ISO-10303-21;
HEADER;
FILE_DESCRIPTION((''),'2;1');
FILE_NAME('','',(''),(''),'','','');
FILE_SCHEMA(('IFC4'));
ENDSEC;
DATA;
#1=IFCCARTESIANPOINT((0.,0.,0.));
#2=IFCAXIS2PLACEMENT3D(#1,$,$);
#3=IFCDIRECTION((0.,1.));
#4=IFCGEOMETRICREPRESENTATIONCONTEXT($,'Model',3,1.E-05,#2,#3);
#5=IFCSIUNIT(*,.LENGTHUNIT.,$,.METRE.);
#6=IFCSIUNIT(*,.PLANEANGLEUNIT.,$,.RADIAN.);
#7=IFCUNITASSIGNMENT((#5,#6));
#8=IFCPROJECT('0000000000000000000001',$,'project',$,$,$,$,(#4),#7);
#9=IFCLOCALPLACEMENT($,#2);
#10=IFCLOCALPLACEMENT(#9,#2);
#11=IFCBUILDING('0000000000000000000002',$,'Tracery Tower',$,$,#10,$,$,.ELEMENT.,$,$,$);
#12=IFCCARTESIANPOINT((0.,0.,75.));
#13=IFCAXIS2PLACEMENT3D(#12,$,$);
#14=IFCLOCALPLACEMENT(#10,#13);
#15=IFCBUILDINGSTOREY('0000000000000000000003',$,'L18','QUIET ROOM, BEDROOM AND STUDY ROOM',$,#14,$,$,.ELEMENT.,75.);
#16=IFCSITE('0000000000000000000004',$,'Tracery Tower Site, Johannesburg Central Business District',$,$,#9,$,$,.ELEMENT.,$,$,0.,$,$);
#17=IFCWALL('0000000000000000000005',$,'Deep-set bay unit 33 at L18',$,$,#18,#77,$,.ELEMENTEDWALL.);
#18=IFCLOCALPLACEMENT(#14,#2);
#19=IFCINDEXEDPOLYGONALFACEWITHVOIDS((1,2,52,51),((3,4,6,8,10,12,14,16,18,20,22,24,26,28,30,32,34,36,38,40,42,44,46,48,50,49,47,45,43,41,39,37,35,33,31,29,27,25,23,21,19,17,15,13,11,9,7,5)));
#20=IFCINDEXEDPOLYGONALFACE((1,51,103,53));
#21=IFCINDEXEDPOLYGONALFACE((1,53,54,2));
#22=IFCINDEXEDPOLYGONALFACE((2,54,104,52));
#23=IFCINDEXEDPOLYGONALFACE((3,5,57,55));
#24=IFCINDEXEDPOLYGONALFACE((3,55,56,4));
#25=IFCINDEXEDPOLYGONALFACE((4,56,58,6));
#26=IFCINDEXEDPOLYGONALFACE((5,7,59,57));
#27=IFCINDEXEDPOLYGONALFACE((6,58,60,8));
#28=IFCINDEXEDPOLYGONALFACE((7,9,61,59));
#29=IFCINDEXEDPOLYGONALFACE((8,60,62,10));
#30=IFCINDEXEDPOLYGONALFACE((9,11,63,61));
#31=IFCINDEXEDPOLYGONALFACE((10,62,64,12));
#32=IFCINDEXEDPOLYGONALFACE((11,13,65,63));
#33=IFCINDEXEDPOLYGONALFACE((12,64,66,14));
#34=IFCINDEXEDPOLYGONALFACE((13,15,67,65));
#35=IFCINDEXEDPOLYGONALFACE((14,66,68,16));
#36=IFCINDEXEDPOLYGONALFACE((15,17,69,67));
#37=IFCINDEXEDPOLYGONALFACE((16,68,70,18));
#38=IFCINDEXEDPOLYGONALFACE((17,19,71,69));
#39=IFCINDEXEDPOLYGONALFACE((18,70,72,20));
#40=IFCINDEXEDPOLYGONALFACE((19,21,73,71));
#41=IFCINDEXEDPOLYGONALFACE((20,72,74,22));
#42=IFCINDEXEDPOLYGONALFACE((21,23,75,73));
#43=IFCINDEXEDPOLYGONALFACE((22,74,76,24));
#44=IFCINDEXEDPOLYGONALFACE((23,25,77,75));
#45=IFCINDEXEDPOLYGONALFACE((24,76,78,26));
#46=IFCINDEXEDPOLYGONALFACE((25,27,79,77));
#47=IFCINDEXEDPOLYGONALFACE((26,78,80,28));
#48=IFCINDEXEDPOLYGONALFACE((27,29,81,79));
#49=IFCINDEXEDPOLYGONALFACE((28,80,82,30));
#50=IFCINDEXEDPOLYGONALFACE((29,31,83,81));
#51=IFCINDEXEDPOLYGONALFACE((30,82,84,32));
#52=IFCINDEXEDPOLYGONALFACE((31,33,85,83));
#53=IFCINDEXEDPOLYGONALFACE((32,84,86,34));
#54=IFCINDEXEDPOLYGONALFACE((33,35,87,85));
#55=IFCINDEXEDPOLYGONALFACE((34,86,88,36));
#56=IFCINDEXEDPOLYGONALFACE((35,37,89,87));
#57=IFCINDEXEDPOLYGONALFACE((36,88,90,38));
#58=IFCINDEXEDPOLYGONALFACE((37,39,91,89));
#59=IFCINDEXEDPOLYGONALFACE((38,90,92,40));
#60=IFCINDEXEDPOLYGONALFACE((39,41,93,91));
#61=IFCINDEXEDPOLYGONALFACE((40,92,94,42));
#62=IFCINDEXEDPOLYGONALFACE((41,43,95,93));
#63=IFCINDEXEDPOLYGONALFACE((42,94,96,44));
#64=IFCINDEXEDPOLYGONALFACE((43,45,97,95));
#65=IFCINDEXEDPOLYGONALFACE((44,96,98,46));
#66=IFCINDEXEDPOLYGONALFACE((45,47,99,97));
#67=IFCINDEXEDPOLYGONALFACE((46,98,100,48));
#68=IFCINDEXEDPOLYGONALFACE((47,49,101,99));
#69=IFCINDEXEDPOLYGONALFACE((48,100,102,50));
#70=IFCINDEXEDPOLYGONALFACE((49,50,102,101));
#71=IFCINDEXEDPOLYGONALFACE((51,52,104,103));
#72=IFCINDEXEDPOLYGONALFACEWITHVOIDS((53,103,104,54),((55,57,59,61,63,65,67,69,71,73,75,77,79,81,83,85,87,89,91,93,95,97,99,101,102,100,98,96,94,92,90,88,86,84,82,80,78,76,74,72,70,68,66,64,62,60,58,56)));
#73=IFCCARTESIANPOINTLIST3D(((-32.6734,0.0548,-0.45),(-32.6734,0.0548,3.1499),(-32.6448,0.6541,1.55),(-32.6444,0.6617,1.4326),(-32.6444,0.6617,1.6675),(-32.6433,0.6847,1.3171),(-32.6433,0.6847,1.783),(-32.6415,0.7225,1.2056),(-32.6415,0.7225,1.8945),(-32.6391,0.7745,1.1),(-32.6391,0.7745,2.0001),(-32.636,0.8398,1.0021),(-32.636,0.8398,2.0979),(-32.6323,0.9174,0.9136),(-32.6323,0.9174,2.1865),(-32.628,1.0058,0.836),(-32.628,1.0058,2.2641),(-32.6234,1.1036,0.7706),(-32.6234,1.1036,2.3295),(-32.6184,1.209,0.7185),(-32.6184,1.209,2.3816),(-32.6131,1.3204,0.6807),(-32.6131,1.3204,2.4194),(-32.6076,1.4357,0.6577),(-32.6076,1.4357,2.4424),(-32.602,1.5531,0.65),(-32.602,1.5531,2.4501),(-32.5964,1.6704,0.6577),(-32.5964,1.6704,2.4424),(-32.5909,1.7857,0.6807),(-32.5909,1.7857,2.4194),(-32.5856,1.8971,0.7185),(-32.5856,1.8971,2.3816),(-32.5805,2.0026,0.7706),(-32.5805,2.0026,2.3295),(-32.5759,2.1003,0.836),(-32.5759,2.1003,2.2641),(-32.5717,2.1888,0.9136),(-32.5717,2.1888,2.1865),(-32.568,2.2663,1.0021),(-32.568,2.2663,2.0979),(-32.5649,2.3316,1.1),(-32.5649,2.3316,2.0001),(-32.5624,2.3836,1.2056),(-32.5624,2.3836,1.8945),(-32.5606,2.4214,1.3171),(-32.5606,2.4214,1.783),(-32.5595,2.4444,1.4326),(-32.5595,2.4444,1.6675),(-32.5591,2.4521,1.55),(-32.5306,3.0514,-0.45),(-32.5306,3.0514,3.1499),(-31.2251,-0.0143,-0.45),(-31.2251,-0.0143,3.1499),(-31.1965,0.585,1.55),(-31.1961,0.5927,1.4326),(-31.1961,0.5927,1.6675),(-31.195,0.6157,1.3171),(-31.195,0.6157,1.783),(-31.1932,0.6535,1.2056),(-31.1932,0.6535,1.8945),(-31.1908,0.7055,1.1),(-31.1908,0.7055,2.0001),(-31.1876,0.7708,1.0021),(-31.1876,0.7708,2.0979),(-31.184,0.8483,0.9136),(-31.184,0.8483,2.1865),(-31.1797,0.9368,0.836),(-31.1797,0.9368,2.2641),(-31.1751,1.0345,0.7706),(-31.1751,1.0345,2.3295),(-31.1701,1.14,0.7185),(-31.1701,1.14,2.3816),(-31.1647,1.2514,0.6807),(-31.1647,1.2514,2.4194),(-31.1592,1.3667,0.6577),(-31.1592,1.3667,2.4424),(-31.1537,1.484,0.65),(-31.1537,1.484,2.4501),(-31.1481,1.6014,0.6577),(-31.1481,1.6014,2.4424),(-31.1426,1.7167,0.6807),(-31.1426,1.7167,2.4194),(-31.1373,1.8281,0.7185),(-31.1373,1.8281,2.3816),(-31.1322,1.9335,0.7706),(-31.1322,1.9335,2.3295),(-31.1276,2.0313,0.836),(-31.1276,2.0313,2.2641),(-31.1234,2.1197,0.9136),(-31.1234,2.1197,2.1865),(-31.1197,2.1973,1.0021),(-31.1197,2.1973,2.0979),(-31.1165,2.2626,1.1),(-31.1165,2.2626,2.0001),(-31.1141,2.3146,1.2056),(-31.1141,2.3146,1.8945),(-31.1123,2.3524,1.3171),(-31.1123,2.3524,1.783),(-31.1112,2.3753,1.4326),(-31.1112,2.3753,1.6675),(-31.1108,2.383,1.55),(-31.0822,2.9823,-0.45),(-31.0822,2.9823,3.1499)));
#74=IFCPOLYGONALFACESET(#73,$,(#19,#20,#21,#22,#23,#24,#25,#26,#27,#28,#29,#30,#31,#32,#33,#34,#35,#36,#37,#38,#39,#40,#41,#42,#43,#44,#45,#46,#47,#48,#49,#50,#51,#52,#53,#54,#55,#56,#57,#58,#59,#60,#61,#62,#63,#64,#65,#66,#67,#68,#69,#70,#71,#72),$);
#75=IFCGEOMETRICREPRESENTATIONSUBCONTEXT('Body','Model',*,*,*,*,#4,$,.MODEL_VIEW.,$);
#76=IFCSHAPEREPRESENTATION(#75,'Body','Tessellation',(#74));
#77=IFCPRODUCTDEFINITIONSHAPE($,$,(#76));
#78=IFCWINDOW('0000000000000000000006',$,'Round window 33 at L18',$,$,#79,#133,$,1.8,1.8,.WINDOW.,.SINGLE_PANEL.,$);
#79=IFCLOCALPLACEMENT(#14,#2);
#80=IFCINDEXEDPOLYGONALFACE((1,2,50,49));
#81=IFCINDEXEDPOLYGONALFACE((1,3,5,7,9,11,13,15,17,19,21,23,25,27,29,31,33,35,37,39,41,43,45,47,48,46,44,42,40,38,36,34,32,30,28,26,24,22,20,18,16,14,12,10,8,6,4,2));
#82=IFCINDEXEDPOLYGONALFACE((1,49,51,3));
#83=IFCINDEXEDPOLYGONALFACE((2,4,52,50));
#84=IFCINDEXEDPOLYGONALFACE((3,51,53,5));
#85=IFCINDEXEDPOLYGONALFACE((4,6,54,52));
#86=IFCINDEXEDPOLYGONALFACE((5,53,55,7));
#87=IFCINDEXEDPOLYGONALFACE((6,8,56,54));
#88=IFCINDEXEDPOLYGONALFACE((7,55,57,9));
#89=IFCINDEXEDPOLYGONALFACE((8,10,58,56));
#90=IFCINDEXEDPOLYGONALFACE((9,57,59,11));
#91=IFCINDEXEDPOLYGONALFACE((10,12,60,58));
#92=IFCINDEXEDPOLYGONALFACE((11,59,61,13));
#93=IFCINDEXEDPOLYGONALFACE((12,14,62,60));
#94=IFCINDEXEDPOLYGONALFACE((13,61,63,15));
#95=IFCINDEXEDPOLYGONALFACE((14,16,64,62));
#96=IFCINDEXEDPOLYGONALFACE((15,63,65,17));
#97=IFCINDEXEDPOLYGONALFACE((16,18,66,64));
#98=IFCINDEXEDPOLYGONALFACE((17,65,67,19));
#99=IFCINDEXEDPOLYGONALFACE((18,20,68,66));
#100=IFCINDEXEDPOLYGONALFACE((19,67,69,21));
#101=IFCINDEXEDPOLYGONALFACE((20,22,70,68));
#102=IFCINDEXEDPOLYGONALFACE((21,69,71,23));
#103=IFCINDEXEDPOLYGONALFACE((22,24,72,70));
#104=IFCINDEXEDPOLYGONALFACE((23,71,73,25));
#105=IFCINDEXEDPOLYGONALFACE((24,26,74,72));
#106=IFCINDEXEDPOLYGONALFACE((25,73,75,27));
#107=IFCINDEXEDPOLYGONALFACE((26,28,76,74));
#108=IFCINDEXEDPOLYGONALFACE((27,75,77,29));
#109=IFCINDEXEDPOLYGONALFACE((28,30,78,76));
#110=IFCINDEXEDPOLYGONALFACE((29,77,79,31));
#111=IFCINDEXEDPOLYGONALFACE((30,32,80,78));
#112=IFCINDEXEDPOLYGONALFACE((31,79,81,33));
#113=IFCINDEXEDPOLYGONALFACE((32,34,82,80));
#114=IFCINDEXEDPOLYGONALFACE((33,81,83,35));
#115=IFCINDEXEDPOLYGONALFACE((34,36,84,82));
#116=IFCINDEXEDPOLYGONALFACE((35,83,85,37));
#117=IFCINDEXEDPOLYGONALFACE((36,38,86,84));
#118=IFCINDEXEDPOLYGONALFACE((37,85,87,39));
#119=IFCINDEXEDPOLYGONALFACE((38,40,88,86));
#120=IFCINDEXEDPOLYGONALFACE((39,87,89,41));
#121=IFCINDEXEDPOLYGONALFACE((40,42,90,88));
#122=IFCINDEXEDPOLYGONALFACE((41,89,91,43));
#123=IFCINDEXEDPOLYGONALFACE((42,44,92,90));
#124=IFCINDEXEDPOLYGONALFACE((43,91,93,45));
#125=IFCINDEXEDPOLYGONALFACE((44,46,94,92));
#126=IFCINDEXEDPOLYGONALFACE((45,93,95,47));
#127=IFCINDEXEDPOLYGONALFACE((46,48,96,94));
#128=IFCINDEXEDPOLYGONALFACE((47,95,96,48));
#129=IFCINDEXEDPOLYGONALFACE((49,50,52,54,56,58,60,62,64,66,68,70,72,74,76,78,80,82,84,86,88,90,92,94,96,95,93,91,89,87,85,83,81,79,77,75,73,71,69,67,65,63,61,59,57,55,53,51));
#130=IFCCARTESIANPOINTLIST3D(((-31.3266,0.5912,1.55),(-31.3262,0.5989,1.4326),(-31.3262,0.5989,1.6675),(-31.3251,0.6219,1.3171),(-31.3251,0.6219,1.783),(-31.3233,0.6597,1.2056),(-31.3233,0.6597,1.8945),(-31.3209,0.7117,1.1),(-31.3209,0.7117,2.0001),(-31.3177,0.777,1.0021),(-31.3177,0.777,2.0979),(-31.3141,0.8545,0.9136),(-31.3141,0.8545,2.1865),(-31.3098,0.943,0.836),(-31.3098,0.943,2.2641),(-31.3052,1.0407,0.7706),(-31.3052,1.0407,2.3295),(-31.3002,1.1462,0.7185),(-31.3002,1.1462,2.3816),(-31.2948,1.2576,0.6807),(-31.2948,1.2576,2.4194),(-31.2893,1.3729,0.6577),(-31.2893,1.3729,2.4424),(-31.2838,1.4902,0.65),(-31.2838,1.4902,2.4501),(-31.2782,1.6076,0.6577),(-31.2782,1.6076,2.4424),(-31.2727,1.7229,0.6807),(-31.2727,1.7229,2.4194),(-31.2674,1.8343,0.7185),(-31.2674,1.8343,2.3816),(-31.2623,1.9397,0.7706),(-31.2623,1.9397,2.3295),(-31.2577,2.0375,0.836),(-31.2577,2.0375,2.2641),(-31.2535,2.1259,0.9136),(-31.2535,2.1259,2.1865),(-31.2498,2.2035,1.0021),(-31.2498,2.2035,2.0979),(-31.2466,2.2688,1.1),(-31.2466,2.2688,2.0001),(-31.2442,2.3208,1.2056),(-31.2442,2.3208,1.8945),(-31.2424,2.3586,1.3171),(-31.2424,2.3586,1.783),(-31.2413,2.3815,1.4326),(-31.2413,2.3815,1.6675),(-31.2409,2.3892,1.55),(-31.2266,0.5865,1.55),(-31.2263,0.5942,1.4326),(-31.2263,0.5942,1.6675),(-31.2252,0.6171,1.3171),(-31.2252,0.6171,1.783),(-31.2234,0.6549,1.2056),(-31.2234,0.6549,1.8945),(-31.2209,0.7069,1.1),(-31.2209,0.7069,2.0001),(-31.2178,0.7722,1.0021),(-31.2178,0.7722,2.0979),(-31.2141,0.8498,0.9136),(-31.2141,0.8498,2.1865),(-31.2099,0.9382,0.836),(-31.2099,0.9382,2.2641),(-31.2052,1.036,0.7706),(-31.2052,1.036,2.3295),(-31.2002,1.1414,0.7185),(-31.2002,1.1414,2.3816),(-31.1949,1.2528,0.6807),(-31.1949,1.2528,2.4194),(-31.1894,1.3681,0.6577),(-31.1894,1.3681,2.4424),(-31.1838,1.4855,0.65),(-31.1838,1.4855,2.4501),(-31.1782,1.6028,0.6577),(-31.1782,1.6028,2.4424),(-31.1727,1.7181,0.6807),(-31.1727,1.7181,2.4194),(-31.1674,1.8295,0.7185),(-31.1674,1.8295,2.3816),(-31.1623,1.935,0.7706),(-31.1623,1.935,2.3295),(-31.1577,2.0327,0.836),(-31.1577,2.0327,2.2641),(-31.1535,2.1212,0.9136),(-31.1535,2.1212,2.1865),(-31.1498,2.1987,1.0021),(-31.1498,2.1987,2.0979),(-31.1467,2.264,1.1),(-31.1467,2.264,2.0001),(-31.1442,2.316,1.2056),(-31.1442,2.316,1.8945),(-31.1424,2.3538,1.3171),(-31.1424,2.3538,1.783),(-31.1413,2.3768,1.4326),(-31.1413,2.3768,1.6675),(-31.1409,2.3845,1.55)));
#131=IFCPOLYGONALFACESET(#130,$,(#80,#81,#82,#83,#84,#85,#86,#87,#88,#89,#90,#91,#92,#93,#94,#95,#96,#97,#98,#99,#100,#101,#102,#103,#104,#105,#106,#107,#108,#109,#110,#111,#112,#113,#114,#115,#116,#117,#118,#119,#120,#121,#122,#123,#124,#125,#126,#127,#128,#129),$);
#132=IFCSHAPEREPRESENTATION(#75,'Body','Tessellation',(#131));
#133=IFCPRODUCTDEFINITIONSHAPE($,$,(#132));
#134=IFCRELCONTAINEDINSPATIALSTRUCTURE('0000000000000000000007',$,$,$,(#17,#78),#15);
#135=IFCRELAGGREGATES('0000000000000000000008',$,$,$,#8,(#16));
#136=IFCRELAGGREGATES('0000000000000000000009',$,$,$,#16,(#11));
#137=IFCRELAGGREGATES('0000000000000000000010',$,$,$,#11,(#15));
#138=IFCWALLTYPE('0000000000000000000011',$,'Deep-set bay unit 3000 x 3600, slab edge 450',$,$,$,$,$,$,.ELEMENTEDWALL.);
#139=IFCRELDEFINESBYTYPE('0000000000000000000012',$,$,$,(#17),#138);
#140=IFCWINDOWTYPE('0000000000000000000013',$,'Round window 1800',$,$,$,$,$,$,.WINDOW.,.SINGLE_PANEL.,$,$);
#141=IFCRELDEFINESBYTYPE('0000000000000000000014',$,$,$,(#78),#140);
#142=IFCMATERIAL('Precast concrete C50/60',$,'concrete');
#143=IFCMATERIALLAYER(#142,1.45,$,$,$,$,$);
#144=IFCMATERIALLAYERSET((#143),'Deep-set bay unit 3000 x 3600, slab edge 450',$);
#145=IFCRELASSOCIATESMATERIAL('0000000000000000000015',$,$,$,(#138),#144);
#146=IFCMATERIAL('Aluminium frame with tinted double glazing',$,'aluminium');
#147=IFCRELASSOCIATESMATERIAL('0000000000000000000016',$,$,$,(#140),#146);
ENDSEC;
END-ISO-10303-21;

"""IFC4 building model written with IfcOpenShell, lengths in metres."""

from ifc_helpers import new_model, si_unit, direction, frame, frame_2d, origin, origin_2d, place, context, subcontext, project, spatial, rectangle, circle, extrude, material, layer, layer_set, type_object, element, fill, save


model = new_model("IFC4")

# Units and contexts
model_context = context("Model", 3, precision=1e-05, world=origin(), true_north=direction((0.0, 1.0)))
body_context = subcontext(model_context, "Body", "Model", "MODEL_VIEW")
ifc_project = project(units=[si_unit("LENGTHUNIT", "METRE"), si_unit("PLANEANGLEUNIT", "RADIAN")], contexts=[model_context])

# Site, building, storey
site_placement = place(None, origin())
site = spatial("IfcSite", under=ifc_project, at=site_placement, Name="Tracery Tower Site, Johannesburg Central Business District", CompositionType="ELEMENT", RefElevation=0.0)
building_placement = place(site_placement, origin())
building = spatial("IfcBuilding", under=site, at=building_placement, Name="Tracery Tower", CompositionType="ELEMENT")
storey_placement = place(building_placement, frame((0.0, 0.0, 75.0)))
storey = spatial("IfcBuildingStorey", under=building, at=storey_placement, Name="L18", Description="QUIET ROOM, BEDROOM AND STUDY ROOM", CompositionType="ELEMENT", Elevation=75.0)

# Wall, opening, window
ifc_material_1 = material(Name="Precast concrete C50/60", Category="concrete")
ifc_layer_1 = layer(ifc_material_1, 1.45)
ifc_layer_set_1 = layer_set([ifc_layer_1], Name="Deep-set bay unit 3000 x 3600, slab edge 450")
wall_type_1 = type_object("IfcWallType", Name="Deep-set bay unit 3000 x 3600, slab edge 450", PredefinedType="ELEMENTEDWALL", material=ifc_layer_set_1)
ifc_material_2 = material(Name="Aluminium frame with tinted double glazing", Category="aluminium")
window_type = type_object("IfcWindowType", Name="Round window 1800", PartitioningType="SINGLE_PANEL", PredefinedType="WINDOW", material=ifc_material_2)
wall_1_placement = place(storey_placement, frame((-31.8064, 3.0168, -0.45), z_axis=(0.0, 0.0, 1.0), x_axis=(-0.047608, -0.998866, 0.0)))
wall_1 = element("IfcWall", 1, at=wall_1_placement, inside=storey, type_object=wall_type_1, Name="Deep-set bay unit 33 at L18", PredefinedType="ELEMENTEDWALL", context=body_context, shape_type="SweptSolid", body=[
    extrude(rectangle(XDim=3.0, YDim=1.45, at=frame_2d((1.5, 0.0))), origin(), (0.0, 0.0, 1.0), 3.5999),
])
opening_1_placement = place(wall_1_placement, frame((1.5, 0.0, 2.0)))
opening_1 = element("IfcOpeningElement", 2, at=opening_1_placement, cuts=wall_1, PredefinedType="OPENING", context=body_context, shape_type="SweptSolid", body=[
    extrude(circle(Radius=0.9, at=origin_2d()), frame((0.0, 0.7349, 0.0), z_axis=(0.0, -1.0, 0.0), x_axis=(1.0, 0.0, 0.0)), (0.0, 0.0, 1.0), 1.47),
])
window_1_placement = place(opening_1_placement, origin())
window_1 = element("IfcWindow", 3, at=window_1_placement, inside=storey, type_object=window_type, Name="Round window 33 at L18", OverallHeight=1.8, OverallWidth=1.8, PartitioningType="SINGLE_PANEL", PredefinedType="WINDOW", context=body_context, shape_type="SweptSolid", body=[
    extrude(circle(Radius=0.9, at=origin_2d()), frame((0.0, 0.6948, 0.0), z_axis=(0.0, -1.0, 0.0), x_axis=(1.0, 0.0, 0.0)), (0.0, 0.0, 1.0), 0.1001),
])
fill(opening_1, window_1)

save(model, "model.ifc")
